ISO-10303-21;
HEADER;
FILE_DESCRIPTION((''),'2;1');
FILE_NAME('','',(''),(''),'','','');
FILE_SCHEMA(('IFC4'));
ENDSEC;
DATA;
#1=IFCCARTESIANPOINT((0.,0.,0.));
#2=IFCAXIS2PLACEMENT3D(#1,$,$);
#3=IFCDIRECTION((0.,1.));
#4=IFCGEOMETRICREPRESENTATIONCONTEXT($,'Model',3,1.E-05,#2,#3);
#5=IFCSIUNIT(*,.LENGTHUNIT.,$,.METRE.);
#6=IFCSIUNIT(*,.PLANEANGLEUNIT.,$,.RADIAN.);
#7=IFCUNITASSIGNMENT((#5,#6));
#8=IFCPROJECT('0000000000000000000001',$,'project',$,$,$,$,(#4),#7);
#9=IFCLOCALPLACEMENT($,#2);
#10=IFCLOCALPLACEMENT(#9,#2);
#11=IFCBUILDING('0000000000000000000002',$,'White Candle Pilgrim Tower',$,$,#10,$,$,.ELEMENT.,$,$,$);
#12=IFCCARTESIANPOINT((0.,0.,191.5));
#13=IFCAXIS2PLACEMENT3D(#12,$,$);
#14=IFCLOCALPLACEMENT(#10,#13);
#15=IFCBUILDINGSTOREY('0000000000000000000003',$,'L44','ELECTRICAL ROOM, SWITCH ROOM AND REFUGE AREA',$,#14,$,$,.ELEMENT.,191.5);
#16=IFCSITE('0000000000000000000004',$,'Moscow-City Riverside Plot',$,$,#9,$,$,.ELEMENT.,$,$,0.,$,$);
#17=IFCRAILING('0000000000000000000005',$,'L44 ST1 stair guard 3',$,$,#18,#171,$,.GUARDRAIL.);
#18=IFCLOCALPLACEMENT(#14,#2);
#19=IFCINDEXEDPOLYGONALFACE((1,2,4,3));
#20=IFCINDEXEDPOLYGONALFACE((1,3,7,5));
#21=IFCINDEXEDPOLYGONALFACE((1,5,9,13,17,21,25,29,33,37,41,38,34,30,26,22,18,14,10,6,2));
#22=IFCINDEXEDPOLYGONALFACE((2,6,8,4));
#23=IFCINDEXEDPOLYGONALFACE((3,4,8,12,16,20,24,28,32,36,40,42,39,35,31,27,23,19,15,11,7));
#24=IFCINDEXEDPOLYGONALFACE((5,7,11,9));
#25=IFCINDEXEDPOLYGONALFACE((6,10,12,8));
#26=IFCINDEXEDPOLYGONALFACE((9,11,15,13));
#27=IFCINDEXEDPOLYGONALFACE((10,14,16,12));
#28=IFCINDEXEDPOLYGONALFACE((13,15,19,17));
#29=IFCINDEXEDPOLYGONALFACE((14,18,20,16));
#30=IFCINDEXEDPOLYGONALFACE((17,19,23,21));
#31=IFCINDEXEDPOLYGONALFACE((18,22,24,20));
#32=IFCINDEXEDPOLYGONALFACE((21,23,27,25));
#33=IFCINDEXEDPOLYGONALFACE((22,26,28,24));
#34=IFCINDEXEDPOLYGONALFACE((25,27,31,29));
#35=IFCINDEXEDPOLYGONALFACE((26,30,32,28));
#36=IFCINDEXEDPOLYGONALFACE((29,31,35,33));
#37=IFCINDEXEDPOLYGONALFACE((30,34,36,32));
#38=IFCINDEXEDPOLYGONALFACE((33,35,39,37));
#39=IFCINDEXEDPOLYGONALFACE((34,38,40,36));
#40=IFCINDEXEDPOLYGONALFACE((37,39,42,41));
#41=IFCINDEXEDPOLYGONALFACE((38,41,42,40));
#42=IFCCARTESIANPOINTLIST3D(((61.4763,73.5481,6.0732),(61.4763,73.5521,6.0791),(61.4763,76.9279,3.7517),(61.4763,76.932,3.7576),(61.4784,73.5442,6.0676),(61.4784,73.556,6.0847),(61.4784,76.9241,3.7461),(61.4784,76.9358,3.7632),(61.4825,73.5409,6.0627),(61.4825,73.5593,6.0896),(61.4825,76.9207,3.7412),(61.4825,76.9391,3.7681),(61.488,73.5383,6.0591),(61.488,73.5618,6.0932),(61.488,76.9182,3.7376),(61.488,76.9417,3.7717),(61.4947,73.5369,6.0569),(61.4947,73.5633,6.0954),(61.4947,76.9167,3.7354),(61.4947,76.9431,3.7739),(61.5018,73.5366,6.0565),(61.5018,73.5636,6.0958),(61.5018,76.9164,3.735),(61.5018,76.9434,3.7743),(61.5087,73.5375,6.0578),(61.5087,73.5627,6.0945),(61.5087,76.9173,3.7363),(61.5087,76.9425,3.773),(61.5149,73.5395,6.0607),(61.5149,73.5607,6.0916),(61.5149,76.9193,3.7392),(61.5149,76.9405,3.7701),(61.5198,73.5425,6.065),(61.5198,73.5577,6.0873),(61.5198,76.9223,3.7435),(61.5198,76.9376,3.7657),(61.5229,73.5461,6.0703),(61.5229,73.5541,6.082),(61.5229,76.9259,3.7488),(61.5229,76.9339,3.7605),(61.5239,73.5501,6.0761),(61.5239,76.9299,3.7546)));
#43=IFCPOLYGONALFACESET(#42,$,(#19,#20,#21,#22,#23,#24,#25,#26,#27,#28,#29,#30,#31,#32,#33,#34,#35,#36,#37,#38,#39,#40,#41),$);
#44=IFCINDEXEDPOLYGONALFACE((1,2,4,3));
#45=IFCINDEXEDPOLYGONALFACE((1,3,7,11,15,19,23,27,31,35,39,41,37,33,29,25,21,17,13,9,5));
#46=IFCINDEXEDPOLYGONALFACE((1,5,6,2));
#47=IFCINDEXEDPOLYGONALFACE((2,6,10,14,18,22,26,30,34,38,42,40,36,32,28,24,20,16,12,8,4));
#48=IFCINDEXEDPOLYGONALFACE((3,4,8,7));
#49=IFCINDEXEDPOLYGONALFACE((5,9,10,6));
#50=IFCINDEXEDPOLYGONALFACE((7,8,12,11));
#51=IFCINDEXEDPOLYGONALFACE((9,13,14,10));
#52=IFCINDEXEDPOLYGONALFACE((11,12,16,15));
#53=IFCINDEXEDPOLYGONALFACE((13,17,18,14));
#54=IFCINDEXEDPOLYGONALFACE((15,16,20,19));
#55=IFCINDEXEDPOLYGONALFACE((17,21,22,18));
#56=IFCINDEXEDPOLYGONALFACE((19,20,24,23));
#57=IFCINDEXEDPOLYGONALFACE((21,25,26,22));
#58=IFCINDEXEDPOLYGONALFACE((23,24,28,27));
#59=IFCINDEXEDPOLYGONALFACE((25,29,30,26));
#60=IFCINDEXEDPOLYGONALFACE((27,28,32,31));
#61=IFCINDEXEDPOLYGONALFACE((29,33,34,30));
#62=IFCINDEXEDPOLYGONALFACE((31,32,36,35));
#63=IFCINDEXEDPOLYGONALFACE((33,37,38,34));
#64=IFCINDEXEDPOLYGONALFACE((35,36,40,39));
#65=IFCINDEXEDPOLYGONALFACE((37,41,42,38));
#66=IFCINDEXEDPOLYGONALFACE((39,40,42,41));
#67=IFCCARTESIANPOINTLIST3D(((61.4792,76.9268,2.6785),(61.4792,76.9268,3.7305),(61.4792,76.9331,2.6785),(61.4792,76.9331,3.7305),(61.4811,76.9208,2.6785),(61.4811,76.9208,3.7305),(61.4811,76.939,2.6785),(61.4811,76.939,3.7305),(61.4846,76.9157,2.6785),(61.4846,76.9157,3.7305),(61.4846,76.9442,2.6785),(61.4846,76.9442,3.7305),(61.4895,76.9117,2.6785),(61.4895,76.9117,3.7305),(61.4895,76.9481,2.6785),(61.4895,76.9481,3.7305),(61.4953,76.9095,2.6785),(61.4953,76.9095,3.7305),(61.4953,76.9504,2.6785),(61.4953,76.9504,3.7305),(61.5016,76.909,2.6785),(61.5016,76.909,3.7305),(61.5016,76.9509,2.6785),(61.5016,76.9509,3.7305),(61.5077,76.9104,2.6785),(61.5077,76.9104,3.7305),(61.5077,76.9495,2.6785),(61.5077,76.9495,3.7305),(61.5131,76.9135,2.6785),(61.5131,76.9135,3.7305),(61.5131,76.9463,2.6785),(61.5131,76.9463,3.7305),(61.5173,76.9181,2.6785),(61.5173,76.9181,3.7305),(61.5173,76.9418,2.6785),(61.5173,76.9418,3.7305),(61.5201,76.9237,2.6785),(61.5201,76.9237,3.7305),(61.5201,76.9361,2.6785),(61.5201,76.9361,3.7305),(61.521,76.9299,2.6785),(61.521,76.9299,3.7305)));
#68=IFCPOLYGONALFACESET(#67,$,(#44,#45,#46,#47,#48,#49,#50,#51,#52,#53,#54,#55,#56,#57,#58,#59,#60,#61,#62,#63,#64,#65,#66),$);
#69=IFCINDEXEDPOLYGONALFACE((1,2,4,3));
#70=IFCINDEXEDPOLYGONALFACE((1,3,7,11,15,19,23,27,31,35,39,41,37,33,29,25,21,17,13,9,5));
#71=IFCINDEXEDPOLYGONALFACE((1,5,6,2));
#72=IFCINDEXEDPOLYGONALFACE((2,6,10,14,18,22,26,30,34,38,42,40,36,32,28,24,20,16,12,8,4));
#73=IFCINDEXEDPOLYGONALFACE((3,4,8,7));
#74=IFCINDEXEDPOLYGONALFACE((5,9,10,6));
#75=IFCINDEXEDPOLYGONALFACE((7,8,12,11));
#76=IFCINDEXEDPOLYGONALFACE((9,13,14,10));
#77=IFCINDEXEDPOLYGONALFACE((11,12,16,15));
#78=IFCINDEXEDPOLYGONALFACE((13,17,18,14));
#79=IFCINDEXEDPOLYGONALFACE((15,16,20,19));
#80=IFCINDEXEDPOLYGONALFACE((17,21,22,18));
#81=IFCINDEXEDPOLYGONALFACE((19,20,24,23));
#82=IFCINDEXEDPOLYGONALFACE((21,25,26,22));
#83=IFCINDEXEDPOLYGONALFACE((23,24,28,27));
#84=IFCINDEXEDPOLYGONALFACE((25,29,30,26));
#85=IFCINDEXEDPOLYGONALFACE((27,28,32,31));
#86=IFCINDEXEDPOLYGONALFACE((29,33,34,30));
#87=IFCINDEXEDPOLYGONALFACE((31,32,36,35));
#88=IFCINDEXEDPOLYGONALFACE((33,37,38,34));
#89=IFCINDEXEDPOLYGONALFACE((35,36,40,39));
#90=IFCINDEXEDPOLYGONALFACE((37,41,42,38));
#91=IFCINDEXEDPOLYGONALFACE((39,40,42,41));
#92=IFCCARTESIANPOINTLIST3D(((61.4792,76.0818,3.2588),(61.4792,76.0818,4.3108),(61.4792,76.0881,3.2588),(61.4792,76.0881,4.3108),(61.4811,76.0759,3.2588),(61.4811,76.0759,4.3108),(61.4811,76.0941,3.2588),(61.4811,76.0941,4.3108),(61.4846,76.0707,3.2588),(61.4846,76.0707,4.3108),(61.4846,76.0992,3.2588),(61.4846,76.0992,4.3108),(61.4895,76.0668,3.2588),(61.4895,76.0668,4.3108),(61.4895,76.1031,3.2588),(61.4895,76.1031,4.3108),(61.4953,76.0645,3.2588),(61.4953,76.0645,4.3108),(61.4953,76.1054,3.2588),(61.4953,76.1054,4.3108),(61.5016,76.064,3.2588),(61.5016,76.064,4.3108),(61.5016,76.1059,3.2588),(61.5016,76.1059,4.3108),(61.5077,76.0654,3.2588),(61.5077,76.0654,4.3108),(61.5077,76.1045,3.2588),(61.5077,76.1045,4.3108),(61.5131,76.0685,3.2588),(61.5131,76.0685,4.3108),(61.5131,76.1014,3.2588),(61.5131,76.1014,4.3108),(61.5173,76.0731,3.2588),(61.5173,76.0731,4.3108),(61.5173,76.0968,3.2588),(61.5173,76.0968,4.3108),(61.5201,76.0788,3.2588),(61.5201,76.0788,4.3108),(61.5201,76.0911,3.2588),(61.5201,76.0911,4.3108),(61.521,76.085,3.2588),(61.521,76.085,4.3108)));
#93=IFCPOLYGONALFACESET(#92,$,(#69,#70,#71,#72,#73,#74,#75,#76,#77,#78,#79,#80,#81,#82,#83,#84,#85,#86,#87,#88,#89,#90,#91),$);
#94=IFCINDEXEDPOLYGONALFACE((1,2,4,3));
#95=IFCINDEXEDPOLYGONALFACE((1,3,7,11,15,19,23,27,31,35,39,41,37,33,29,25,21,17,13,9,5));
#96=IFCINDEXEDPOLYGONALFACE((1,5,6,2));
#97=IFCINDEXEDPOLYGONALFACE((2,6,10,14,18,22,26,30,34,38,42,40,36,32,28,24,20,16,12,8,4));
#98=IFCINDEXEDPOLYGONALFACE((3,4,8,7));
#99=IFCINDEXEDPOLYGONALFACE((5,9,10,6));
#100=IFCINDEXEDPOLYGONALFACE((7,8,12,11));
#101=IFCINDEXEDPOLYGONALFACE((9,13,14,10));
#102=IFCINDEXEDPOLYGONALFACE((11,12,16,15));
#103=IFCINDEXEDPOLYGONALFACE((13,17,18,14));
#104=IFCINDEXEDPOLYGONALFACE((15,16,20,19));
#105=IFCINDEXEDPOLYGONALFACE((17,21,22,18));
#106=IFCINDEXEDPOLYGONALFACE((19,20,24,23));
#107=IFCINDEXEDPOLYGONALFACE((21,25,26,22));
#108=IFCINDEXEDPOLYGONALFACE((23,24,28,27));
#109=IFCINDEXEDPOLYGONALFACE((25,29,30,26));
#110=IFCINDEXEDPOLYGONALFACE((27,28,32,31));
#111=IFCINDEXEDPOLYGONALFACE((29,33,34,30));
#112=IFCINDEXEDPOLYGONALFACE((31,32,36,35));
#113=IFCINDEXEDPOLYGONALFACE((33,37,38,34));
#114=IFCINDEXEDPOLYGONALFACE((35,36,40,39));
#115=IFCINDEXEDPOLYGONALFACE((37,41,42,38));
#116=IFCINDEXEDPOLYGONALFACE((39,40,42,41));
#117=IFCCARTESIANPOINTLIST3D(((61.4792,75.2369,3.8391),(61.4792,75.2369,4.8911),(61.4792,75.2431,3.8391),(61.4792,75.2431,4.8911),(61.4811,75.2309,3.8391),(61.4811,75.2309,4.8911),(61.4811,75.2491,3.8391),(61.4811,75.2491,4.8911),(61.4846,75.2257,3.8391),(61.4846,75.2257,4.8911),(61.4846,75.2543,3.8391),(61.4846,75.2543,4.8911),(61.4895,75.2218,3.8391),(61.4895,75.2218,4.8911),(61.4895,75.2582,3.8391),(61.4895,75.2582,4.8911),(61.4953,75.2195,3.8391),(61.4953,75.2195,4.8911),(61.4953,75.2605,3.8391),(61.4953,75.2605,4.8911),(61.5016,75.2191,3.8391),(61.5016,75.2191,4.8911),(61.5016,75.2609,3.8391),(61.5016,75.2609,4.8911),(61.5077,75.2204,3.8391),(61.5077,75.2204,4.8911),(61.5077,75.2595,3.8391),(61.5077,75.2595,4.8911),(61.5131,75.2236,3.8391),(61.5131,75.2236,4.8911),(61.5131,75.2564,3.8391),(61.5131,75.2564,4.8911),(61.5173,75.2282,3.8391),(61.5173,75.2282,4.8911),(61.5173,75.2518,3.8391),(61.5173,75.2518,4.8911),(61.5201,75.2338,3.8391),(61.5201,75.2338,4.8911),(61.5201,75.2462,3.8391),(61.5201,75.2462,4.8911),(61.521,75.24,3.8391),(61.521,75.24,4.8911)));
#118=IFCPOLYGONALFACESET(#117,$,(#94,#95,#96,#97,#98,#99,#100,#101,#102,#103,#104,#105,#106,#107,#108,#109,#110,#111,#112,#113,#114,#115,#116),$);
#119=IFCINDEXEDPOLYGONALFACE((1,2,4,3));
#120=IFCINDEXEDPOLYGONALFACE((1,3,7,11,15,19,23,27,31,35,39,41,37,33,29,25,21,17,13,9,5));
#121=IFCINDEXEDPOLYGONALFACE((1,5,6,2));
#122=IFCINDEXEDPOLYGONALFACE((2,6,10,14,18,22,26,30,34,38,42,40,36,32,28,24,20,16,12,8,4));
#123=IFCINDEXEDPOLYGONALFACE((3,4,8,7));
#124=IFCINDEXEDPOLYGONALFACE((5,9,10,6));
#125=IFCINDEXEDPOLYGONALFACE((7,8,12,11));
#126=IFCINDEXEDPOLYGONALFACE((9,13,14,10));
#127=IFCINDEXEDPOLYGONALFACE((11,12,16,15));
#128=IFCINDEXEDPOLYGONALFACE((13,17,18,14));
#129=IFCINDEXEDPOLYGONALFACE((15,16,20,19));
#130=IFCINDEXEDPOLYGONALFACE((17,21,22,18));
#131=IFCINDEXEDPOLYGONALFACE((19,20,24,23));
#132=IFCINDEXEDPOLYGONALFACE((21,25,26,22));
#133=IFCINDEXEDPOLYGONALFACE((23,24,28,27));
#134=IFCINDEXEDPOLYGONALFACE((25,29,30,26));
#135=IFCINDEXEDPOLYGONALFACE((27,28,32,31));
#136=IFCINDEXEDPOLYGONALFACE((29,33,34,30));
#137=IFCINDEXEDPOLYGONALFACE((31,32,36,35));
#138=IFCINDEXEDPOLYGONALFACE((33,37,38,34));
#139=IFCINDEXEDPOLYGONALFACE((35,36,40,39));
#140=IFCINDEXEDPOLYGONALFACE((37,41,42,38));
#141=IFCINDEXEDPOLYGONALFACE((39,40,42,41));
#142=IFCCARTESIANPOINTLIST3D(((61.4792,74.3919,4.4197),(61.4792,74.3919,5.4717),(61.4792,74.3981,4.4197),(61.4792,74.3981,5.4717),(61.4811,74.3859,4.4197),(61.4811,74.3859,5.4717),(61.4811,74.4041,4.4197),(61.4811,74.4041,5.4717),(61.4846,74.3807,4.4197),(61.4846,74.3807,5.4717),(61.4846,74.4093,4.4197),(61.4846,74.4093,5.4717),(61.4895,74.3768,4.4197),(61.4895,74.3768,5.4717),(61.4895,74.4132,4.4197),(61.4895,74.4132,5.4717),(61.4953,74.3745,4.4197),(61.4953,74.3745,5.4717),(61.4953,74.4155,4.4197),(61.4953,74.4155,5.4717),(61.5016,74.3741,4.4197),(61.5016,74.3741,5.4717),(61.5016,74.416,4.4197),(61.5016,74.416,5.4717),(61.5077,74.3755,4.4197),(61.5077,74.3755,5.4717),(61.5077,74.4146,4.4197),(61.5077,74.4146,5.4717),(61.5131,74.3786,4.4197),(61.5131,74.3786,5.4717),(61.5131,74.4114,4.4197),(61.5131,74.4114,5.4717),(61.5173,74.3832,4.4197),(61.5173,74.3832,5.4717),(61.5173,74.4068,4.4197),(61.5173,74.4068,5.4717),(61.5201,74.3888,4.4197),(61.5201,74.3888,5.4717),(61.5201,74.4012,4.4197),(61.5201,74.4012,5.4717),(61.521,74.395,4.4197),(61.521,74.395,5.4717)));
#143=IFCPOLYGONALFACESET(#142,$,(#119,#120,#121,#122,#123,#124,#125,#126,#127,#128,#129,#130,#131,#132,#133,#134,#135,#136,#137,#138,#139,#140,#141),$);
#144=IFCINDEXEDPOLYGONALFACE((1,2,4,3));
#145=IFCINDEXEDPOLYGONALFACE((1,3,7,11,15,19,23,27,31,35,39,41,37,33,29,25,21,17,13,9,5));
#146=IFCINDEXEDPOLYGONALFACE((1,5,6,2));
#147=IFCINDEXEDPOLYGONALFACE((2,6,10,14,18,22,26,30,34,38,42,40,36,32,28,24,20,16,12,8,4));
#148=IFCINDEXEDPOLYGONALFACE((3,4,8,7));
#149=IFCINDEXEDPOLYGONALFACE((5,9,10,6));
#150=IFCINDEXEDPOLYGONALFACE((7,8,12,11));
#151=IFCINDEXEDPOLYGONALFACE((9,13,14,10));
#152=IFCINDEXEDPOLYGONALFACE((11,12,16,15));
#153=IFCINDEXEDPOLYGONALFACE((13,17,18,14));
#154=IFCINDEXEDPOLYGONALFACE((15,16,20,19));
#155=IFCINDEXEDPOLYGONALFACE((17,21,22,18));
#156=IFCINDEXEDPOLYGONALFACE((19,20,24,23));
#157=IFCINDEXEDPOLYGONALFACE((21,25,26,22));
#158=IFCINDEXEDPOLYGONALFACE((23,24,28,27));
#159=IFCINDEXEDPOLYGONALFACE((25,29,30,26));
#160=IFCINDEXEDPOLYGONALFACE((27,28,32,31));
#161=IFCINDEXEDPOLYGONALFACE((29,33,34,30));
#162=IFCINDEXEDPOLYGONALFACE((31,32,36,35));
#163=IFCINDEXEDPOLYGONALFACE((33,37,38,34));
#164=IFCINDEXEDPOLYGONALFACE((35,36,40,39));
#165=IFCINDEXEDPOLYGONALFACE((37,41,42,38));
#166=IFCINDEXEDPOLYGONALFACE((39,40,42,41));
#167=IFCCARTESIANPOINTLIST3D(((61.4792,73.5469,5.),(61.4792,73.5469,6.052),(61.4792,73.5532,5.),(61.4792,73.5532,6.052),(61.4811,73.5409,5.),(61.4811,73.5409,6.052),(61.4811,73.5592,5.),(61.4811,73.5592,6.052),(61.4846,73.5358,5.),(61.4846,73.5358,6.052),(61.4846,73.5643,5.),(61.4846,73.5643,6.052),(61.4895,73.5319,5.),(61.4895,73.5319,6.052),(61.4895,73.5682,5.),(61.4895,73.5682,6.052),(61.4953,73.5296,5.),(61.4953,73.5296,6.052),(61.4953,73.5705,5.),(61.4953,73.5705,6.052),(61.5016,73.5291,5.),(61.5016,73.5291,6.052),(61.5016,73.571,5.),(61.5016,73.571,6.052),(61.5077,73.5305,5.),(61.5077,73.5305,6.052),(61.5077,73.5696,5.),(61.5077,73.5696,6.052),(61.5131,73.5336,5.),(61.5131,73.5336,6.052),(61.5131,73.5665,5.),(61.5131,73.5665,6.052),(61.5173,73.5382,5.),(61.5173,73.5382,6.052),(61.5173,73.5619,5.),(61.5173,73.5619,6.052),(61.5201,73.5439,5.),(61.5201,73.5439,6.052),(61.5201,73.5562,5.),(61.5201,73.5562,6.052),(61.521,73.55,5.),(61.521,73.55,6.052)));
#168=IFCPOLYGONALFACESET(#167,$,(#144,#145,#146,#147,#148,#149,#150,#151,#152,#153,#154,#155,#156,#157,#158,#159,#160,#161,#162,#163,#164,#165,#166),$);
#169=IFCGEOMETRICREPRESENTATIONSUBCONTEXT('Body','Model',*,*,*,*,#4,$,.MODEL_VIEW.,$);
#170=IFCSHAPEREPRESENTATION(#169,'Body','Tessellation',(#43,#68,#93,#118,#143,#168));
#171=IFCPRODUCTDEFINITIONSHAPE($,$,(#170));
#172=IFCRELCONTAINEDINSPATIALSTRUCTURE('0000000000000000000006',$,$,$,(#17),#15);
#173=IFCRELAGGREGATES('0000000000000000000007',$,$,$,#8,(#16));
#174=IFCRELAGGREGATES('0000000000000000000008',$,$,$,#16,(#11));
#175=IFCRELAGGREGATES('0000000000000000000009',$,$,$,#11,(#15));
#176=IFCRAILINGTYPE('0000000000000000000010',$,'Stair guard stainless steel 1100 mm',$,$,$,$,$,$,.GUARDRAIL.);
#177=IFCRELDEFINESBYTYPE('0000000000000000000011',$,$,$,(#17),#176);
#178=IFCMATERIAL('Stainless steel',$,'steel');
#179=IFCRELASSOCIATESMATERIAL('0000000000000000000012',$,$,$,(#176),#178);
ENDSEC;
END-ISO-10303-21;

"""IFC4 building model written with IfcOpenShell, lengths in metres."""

from ifc_helpers import new_model, si_unit, direction, frame, origin, origin_2d, place, context, subcontext, project, spatial, circle, extrude, material, type_object, element, save


model = new_model("IFC4")

# Units and contexts
model_context = context("Model", 3, precision=1e-05, world=origin(), true_north=direction((0.0, 1.0)))
body_context = subcontext(model_context, "Body", "Model", "MODEL_VIEW")
ifc_project = project(units=[si_unit("LENGTHUNIT", "METRE"), si_unit("PLANEANGLEUNIT", "RADIAN")], contexts=[model_context])

# Site, building, storey
site_placement = place(None, origin())
site = spatial("IfcSite", under=ifc_project, at=site_placement, Name="Moscow-City Riverside Plot", CompositionType="ELEMENT", RefElevation=0.0)
building_placement = place(site_placement, origin())
building = spatial("IfcBuilding", under=site, at=building_placement, Name="White Candle Pilgrim Tower", CompositionType="ELEMENT")
storey_placement = place(building_placement, frame((0.0, 0.0, 191.5)))
storey = spatial("IfcBuildingStorey", under=building, at=storey_placement, Name="L44", Description="ELECTRICAL ROOM, SWITCH ROOM AND REFUGE AREA", CompositionType="ELEMENT", Elevation=191.5)

# Shared definitions
ifc_material_1 = material(Name="Stainless steel", Category="steel")

# Railing
railing_type_1 = type_object("IfcRailingType", Name="Stair guard stainless steel 1100 mm", PredefinedType="GUARDRAIL", material=ifc_material_1)
railing_1_placement = place(storey_placement, frame((61.5, 76.9299, 2.6785)))
element("IfcRailing", 1, at=railing_1_placement, inside=storey, type_object=railing_type_1, Name="L44 ST1 stair guard 3", PredefinedType="GUARDRAIL", context=body_context, shape_type="SweptSolid", body=[
    extrude(circle(Radius=0.0239, at=origin_2d()), frame((0.0, 0.0, 1.0762), z_axis=(0.0, -0.824285, 0.566175), x_axis=(1.0, 0.0, 0.0)), (0.0, 0.0, 1.0), 4.1003),
    extrude(circle(Radius=0.021, at=origin_2d()), origin(), (0.0, 0.0, 1.0), 1.052),
    extrude(circle(Radius=0.021, at=origin_2d()), frame((0.0, -0.845, 0.5803)), (0.0, 0.0, 1.0), 1.052),
    extrude(circle(Radius=0.021, at=origin_2d()), frame((0.0, -1.6899, 1.1606)), (0.0, 0.0, 1.0), 1.052),
    extrude(circle(Radius=0.021, at=origin_2d()), frame((0.0, -2.5349, 1.7412)), (0.0, 0.0, 1.0), 1.052),
    extrude(circle(Radius=0.021, at=origin_2d()), frame((0.0, -3.3799, 2.3215)), (0.0, 0.0, 1.0), 1.052),
])

save(model, "model.ifc")
